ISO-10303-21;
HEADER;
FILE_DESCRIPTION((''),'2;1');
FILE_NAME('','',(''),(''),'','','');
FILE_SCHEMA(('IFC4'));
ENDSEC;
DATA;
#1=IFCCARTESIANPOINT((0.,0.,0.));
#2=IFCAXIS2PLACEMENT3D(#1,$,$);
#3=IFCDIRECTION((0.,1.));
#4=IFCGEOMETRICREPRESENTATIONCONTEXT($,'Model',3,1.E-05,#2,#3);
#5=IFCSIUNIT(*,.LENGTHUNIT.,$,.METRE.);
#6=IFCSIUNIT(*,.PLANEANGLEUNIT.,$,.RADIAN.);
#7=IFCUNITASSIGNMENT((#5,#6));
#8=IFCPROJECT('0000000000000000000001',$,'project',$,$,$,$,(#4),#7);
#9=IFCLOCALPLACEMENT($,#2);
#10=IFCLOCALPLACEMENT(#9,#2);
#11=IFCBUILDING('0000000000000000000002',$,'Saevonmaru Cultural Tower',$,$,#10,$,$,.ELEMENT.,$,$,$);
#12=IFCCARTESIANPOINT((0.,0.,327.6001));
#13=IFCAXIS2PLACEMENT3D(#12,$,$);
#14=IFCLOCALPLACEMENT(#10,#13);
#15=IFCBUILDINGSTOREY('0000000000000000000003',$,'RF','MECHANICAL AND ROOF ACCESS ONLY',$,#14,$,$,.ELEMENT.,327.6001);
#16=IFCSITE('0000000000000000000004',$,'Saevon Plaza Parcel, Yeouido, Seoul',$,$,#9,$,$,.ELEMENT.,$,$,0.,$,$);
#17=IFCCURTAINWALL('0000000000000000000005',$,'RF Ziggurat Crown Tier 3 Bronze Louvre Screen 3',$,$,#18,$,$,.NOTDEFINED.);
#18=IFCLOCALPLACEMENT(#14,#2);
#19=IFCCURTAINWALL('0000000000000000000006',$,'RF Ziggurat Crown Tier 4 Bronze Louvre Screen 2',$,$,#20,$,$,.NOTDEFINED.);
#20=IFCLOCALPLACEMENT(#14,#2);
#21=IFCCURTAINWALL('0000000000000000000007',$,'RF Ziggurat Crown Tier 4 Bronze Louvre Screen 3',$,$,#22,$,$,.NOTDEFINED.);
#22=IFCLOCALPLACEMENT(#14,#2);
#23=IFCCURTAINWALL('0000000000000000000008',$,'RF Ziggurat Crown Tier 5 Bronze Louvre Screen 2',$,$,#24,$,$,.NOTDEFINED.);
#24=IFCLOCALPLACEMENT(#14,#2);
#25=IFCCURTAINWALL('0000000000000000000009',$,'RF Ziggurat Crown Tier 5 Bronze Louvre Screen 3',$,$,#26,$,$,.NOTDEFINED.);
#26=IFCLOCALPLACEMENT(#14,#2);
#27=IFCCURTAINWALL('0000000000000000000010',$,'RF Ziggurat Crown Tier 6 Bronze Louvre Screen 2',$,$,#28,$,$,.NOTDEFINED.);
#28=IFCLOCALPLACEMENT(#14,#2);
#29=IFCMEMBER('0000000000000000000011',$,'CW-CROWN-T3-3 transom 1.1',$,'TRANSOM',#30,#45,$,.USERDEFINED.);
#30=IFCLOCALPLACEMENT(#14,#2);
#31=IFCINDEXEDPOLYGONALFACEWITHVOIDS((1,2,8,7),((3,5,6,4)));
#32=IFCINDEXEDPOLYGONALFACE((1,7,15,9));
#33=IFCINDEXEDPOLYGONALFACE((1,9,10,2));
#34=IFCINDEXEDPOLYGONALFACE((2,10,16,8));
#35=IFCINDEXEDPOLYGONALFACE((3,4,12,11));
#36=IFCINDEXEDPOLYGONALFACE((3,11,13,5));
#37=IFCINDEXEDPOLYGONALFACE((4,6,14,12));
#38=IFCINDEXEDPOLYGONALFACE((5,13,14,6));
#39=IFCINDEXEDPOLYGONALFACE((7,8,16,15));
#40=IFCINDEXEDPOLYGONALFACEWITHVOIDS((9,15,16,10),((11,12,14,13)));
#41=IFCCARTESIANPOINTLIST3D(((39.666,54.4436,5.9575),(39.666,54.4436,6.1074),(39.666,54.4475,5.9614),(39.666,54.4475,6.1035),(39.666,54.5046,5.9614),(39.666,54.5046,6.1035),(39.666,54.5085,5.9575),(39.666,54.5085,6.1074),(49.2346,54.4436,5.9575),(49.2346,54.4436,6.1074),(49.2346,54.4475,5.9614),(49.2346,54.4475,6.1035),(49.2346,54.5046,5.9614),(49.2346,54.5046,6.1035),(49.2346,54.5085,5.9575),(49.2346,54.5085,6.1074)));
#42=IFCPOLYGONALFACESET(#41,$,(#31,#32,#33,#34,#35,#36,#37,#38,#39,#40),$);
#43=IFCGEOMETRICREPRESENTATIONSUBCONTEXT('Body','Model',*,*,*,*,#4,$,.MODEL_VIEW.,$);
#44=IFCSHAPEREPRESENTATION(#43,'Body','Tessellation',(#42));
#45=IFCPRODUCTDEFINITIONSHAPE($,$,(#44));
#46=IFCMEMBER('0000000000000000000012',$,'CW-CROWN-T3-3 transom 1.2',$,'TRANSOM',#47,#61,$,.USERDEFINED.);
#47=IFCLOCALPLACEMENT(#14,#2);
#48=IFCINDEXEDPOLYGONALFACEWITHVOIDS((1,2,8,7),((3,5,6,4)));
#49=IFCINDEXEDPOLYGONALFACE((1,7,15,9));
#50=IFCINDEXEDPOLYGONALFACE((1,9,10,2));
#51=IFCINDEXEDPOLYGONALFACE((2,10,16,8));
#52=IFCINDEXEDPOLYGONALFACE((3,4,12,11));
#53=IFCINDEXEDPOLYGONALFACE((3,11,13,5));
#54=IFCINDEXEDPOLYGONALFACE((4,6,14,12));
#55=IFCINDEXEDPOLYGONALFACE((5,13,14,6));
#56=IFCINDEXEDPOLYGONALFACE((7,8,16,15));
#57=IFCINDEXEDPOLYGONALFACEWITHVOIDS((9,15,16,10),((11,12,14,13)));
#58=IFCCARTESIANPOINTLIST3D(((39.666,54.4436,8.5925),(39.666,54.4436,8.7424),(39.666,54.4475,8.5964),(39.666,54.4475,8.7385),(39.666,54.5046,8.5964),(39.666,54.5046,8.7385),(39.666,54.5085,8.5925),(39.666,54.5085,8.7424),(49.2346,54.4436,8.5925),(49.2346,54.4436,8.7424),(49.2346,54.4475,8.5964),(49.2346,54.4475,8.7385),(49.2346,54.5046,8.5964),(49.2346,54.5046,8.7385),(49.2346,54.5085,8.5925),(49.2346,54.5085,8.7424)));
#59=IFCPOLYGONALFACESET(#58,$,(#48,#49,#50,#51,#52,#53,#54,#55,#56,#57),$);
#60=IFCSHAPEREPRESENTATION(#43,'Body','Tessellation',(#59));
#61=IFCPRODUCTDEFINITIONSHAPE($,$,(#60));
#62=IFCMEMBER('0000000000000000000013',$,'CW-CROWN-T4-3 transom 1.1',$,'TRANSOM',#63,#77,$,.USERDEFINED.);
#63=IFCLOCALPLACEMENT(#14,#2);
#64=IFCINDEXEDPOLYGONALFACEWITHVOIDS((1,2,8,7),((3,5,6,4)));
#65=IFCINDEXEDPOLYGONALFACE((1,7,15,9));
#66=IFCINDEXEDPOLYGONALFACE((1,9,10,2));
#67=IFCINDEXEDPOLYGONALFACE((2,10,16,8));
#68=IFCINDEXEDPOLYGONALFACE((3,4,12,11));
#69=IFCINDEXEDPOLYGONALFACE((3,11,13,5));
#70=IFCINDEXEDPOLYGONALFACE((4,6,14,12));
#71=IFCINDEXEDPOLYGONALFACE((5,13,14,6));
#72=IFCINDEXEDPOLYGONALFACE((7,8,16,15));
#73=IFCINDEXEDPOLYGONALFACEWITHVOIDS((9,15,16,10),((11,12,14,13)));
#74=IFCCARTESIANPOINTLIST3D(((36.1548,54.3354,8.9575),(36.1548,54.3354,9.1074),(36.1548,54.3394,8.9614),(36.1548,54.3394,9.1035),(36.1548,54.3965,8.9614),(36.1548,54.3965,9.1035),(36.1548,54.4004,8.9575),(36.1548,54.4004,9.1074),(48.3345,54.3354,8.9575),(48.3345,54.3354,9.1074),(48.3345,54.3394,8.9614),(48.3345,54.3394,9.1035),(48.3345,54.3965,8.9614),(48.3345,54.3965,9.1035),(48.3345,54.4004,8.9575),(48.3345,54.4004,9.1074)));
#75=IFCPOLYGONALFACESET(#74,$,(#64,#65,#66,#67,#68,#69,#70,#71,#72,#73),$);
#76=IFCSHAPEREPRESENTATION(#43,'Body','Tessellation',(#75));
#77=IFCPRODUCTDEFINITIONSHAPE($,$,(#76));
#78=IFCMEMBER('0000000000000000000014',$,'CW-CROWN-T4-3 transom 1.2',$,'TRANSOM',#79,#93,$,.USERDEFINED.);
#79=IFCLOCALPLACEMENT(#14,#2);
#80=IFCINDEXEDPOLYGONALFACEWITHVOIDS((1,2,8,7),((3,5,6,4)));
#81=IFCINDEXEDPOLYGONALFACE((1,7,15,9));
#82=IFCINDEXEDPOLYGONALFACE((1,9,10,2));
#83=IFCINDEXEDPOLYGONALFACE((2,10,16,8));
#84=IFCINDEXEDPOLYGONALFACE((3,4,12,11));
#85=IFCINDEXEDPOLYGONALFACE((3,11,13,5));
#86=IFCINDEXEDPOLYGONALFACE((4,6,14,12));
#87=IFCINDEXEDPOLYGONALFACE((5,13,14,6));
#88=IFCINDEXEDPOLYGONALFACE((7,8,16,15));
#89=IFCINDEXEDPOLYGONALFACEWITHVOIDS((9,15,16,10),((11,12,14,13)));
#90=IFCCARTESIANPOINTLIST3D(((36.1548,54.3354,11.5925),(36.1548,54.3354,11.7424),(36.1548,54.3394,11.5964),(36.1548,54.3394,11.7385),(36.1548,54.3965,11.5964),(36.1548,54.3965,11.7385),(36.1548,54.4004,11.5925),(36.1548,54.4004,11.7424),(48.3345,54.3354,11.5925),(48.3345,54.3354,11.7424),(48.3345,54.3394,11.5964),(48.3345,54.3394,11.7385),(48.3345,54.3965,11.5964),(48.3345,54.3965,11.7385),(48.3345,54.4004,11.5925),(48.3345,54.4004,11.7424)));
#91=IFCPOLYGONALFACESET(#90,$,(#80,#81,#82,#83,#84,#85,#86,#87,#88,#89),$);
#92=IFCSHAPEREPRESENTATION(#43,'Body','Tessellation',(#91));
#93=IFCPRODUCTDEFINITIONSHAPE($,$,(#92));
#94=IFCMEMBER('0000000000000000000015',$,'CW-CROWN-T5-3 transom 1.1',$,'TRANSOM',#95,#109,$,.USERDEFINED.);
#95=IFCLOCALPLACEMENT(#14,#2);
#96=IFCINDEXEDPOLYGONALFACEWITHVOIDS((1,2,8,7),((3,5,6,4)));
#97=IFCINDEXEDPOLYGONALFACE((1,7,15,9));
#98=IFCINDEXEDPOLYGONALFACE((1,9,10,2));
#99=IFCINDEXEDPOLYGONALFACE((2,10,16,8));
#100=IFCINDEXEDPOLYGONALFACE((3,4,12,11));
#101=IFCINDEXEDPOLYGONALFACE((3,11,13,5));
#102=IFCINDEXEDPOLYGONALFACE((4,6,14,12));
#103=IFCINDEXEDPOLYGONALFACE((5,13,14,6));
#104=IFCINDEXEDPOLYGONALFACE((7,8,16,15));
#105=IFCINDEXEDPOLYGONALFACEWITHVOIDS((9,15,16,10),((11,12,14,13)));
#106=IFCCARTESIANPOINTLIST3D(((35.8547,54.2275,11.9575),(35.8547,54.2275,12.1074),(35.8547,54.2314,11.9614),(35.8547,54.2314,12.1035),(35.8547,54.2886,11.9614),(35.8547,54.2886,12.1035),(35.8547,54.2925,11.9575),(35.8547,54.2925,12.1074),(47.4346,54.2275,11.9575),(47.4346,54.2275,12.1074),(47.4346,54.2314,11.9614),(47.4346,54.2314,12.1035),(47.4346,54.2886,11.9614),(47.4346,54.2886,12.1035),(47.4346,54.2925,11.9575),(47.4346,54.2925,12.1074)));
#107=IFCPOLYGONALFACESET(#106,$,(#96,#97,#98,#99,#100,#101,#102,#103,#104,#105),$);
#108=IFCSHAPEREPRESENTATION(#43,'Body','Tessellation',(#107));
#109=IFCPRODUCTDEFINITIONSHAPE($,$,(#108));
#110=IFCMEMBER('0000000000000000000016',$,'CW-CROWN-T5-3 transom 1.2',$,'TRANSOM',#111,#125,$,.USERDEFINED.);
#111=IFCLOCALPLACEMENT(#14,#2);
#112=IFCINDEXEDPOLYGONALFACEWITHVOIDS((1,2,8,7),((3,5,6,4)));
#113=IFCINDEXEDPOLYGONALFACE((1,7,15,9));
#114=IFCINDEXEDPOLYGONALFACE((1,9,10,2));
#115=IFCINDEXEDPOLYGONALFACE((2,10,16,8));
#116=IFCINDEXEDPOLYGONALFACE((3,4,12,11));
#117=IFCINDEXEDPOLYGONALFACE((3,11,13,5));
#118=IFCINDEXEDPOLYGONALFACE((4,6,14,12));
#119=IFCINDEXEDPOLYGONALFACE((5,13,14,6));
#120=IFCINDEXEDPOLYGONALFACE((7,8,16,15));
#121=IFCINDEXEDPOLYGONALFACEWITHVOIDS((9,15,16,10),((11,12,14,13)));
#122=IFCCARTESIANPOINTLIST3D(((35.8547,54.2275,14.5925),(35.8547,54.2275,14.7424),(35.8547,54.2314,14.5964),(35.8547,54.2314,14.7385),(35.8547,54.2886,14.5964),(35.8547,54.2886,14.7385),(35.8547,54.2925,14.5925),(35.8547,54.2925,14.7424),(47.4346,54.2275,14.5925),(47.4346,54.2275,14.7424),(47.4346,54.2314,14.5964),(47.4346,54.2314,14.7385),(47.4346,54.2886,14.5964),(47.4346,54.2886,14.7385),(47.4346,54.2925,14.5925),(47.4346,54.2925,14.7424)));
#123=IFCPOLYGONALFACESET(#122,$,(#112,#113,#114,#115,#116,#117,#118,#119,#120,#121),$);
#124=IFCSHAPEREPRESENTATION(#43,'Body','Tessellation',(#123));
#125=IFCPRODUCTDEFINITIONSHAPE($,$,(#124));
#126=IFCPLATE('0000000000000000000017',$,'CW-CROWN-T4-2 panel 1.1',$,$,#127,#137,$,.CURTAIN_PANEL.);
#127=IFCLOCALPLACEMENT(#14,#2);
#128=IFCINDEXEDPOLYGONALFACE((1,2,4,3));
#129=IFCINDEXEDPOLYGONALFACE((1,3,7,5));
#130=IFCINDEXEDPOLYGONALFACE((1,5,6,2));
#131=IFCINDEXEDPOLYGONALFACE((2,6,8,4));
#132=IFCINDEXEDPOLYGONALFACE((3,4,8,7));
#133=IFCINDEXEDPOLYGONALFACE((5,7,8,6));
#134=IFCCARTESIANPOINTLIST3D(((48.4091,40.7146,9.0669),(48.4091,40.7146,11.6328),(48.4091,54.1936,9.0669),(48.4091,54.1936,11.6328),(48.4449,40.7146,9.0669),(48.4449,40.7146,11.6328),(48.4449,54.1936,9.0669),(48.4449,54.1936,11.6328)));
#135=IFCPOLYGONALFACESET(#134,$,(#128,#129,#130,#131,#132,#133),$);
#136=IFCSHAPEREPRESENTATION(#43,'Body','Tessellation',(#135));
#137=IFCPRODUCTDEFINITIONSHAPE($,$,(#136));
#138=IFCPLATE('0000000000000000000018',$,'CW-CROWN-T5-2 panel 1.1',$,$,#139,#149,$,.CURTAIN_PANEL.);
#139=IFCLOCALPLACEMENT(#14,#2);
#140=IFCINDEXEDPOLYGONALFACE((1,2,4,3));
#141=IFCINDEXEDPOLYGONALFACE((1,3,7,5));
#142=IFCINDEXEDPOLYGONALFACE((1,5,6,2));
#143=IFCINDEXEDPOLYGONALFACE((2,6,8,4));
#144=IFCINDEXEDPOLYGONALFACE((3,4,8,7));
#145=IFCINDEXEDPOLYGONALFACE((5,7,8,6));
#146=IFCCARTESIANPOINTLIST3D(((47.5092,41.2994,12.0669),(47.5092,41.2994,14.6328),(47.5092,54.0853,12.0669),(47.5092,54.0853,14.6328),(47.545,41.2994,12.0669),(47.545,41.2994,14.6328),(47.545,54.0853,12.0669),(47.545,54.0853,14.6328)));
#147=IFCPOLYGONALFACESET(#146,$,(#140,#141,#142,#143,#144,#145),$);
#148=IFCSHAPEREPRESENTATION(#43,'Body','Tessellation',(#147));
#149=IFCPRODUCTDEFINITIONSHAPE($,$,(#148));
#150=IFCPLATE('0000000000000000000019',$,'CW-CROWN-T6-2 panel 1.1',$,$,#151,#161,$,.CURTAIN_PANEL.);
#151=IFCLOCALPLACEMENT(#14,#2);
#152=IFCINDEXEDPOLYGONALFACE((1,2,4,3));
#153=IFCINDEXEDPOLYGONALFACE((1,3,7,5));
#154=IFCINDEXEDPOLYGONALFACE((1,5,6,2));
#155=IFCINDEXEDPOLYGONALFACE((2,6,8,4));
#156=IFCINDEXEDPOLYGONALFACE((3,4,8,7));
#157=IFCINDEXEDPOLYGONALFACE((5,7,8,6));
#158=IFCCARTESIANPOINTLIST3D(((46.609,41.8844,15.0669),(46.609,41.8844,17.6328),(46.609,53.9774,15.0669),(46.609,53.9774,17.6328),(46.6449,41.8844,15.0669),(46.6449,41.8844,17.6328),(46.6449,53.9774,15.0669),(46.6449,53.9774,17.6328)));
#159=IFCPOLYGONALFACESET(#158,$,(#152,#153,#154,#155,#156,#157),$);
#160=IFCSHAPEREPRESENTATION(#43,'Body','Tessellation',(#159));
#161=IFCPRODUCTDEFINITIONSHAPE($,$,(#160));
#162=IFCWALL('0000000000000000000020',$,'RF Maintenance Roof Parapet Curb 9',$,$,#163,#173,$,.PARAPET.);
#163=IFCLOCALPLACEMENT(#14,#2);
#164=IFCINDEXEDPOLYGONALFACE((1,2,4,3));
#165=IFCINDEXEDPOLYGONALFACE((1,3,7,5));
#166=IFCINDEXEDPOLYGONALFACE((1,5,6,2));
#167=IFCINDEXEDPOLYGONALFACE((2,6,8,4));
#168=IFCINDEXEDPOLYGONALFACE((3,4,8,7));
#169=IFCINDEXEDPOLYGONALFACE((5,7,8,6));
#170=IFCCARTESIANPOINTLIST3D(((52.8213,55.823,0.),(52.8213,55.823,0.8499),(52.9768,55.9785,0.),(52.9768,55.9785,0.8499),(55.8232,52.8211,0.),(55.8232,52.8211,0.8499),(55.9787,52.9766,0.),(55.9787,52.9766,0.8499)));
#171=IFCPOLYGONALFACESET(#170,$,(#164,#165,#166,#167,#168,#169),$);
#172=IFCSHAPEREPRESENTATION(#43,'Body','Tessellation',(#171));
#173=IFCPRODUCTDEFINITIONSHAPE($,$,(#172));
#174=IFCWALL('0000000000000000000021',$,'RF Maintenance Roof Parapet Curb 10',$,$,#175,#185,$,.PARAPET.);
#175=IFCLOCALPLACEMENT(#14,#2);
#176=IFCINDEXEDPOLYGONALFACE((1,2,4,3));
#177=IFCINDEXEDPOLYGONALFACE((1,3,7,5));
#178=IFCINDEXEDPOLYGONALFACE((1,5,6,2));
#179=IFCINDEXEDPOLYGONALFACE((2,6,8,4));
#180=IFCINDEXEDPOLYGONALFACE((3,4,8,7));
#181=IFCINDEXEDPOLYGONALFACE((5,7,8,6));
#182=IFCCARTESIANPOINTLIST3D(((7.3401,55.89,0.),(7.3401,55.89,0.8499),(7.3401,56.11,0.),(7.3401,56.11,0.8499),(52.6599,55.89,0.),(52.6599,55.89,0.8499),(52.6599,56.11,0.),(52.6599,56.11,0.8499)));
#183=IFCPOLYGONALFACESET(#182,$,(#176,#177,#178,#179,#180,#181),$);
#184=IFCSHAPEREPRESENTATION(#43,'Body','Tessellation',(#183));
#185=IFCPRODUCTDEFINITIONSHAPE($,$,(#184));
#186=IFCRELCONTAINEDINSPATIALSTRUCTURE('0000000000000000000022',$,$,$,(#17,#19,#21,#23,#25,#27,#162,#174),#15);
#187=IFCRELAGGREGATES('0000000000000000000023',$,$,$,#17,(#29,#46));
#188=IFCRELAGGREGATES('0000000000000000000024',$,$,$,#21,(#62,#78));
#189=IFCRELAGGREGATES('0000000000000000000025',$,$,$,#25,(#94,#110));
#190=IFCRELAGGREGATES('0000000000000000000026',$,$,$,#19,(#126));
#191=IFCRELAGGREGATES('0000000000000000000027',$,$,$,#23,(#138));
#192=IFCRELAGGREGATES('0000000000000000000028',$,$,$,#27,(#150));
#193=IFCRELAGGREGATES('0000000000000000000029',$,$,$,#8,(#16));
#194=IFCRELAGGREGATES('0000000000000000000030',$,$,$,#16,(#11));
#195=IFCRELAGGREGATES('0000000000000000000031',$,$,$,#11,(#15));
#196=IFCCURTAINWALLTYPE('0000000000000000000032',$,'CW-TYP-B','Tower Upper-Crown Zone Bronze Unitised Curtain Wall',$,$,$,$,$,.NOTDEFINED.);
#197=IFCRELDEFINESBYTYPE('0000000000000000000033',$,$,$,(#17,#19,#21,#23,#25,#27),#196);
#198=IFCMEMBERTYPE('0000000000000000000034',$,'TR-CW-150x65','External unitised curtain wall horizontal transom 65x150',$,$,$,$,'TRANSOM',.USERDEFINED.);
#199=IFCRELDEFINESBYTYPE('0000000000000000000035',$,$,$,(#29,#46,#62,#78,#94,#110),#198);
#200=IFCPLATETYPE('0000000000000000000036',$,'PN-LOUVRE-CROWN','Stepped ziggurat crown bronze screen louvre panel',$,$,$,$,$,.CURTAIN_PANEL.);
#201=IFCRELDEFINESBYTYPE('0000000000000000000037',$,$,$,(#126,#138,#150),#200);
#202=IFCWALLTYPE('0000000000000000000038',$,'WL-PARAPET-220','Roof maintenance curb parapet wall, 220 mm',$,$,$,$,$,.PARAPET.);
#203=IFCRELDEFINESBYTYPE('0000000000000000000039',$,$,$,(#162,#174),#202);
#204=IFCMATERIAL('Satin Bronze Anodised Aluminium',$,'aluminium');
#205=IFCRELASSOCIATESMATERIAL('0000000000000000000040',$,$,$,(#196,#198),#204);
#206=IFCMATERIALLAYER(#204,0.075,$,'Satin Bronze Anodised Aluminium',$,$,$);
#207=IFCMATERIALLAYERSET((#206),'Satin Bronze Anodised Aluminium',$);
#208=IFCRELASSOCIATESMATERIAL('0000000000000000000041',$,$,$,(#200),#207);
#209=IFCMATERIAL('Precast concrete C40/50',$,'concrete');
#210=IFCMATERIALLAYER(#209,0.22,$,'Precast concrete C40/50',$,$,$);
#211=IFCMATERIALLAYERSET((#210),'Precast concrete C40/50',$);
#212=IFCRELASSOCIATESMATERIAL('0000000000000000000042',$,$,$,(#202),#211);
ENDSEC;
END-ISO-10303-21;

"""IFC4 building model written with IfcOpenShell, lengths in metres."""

from ifc_helpers import new_model, si_unit, direction, frame, frame_2d, origin, origin_2d, place, context, subcontext, project, spatial, rectangle, hollow_rectangle, extrude, material, layer, layer_set, material_profile, profile_set, type_object, element, aggregate, save


model = new_model("IFC4")

# Units and contexts
model_context = context("Model", 3, precision=1e-05, world=origin(), true_north=direction((0.0, 1.0)))
body_context = subcontext(model_context, "Body", "Model", "MODEL_VIEW")
ifc_project = project(units=[si_unit("LENGTHUNIT", "METRE"), si_unit("PLANEANGLEUNIT", "RADIAN")], contexts=[model_context])

# Site, building, storey
site_placement = place(None, origin())
site = spatial("IfcSite", under=ifc_project, at=site_placement, Name="Saevon Plaza Parcel, Yeouido, Seoul", CompositionType="ELEMENT", RefElevation=0.0)
building_placement = place(site_placement, origin())
building = spatial("IfcBuilding", under=site, at=building_placement, Name="Saevonmaru Cultural Tower", CompositionType="ELEMENT")
storey_placement = place(building_placement, frame((0.0, 0.0, 327.6001)))
storey = spatial("IfcBuildingStorey", under=building, at=storey_placement, Name="RF", Description="MECHANICAL AND ROOF ACCESS ONLY", CompositionType="ELEMENT", Elevation=327.6001)

# Curtain walls
ifc_material_1 = material(Name="Satin Bronze Anodised Aluminium", Category="aluminium")
curtain_wall_type = type_object("IfcCurtainWallType", Name="CW-TYP-B", Description="Tower Upper-Crown Zone Bronze Unitised Curtain Wall", PredefinedType="NOTDEFINED", material=ifc_material_1)
curtain_wall_1_placement = place(storey_placement, origin())
curtain_wall_1 = element("IfcCurtainWall", 1, at=curtain_wall_1_placement, inside=storey, type_object=curtain_wall_type, Name="RF Ziggurat Crown Tier 3 Bronze Louvre Screen 3", PredefinedType="NOTDEFINED")
curtain_wall_2_placement = place(storey_placement, origin())
curtain_wall_2 = element("IfcCurtainWall", 2, at=curtain_wall_2_placement, inside=storey, type_object=curtain_wall_type, Name="RF Ziggurat Crown Tier 4 Bronze Louvre Screen 2", PredefinedType="NOTDEFINED")
curtain_wall_3_placement = place(storey_placement, origin())
curtain_wall_3 = element("IfcCurtainWall", 3, at=curtain_wall_3_placement, inside=storey, type_object=curtain_wall_type, Name="RF Ziggurat Crown Tier 4 Bronze Louvre Screen 3", PredefinedType="NOTDEFINED")
curtain_wall_4_placement = place(storey_placement, origin())
curtain_wall_4 = element("IfcCurtainWall", 4, at=curtain_wall_4_placement, inside=storey, type_object=curtain_wall_type, Name="RF Ziggurat Crown Tier 5 Bronze Louvre Screen 2", PredefinedType="NOTDEFINED")
curtain_wall_5_placement = place(storey_placement, origin())
curtain_wall_5 = element("IfcCurtainWall", 5, at=curtain_wall_5_placement, inside=storey, type_object=curtain_wall_type, Name="RF Ziggurat Crown Tier 5 Bronze Louvre Screen 3", PredefinedType="NOTDEFINED")
curtain_wall_6_placement = place(storey_placement, origin())
curtain_wall_6 = element("IfcCurtainWall", 6, at=curtain_wall_6_placement, inside=storey, type_object=curtain_wall_type, Name="RF Ziggurat Crown Tier 6 Bronze Louvre Screen 2", PredefinedType="NOTDEFINED")

# Members
ifc_material_profile_1 = material_profile(ifc_material_1, hollow_rectangle(XDim=0.0649, YDim=0.1499, WallThickness=0.0039, at=origin_2d()), Name="ALU-TRAN-150x65x4")
ifc_profile_set_1 = profile_set([ifc_material_profile_1], Name="Satin Bronze Anodised Aluminium")
member_type_1 = type_object("IfcMemberType", Name="TR-CW-150x65", Description="External unitised curtain wall horizontal transom 65x150", ElementType="TRANSOM", PredefinedType="USERDEFINED", material=ifc_profile_set_1)
member_1_placement = place(storey_placement, frame((49.2346, 54.4761, 6.0325), z_axis=(-1.0, 0.0, 0.0), x_axis=(0.0, -1.0, 0.0)))
member_1 = element("IfcMember", 7, at=member_1_placement, type_object=member_type_1, Name="CW-CROWN-T3-3 transom 1.1", ObjectType="TRANSOM", PredefinedType="USERDEFINED", context=body_context, shape_type="SweptSolid", body=[
    extrude(hollow_rectangle(XDim=0.0649, YDim=0.1499, WallThickness=0.0039, at=origin_2d()), origin(), (0.0, 0.0, 1.0), 9.5686),
])
member_2_placement = place(storey_placement, frame((49.2346, 54.4761, 8.6675), z_axis=(-1.0, 0.0, 0.0), x_axis=(0.0, -1.0, 0.0)))
member_2 = element("IfcMember", 8, at=member_2_placement, type_object=member_type_1, Name="CW-CROWN-T3-3 transom 1.2", ObjectType="TRANSOM", PredefinedType="USERDEFINED", context=body_context, shape_type="SweptSolid", body=[
    extrude(hollow_rectangle(XDim=0.0649, YDim=0.1499, WallThickness=0.0039, at=origin_2d()), origin(), (0.0, 0.0, 1.0), 9.5686),
])
aggregate(curtain_wall_1, [member_1, member_2])
member_3_placement = place(storey_placement, frame((48.3345, 54.3679, 9.0325), z_axis=(-1.0, 0.0, 0.0), x_axis=(0.0, -1.0, 0.0)))
member_3 = element("IfcMember", 9, at=member_3_placement, type_object=member_type_1, Name="CW-CROWN-T4-3 transom 1.1", ObjectType="TRANSOM", PredefinedType="USERDEFINED", context=body_context, shape_type="SweptSolid", body=[
    extrude(hollow_rectangle(XDim=0.0649, YDim=0.1499, WallThickness=0.0039, at=origin_2d()), origin(), (0.0, 0.0, 1.0), 12.1797),
])
member_4_placement = place(storey_placement, frame((48.3345, 54.3679, 11.6675), z_axis=(-1.0, 0.0, 0.0), x_axis=(0.0, -1.0, 0.0)))
member_4 = element("IfcMember", 10, at=member_4_placement, type_object=member_type_1, Name="CW-CROWN-T4-3 transom 1.2", ObjectType="TRANSOM", PredefinedType="USERDEFINED", context=body_context, shape_type="SweptSolid", body=[
    extrude(hollow_rectangle(XDim=0.0649, YDim=0.1499, WallThickness=0.0039, at=origin_2d()), origin(), (0.0, 0.0, 1.0), 12.1797),
])
aggregate(curtain_wall_3, [member_3, member_4])
member_5_placement = place(storey_placement, frame((47.4346, 54.26, 12.0325), z_axis=(-1.0, 0.0, 0.0), x_axis=(0.0, -1.0, 0.0)))
member_5 = element("IfcMember", 11, at=member_5_placement, type_object=member_type_1, Name="CW-CROWN-T5-3 transom 1.1", ObjectType="TRANSOM", PredefinedType="USERDEFINED", context=body_context, shape_type="SweptSolid", body=[
    extrude(hollow_rectangle(XDim=0.0649, YDim=0.1499, WallThickness=0.0039, at=origin_2d()), origin(), (0.0, 0.0, 1.0), 11.5798),
])
member_6_placement = place(storey_placement, frame((47.4346, 54.26, 14.6675), z_axis=(-1.0, 0.0, 0.0), x_axis=(0.0, -1.0, 0.0)))
member_6 = element("IfcMember", 12, at=member_6_placement, type_object=member_type_1, Name="CW-CROWN-T5-3 transom 1.2", ObjectType="TRANSOM", PredefinedType="USERDEFINED", context=body_context, shape_type="SweptSolid", body=[
    extrude(hollow_rectangle(XDim=0.0649, YDim=0.1499, WallThickness=0.0039, at=origin_2d()), origin(), (0.0, 0.0, 1.0), 11.5798),
])
aggregate(curtain_wall_5, [member_5, member_6])

# Plates
ifc_layer_1 = layer(ifc_material_1, 0.075, Name="Satin Bronze Anodised Aluminium")
ifc_layer_set_1 = layer_set([ifc_layer_1], Name="Satin Bronze Anodised Aluminium")
plate_type = type_object("IfcPlateType", Name="PN-LOUVRE-CROWN", Description="Stepped ziggurat crown bronze screen louvre panel", PredefinedType="CURTAIN_PANEL", material=ifc_layer_set_1)
plate_1_placement = place(storey_placement, frame((48.427, 47.4541, 9.0669), z_axis=(0.0, 0.0, 1.0), x_axis=(0.0, 1.0, 0.0)))
plate_1 = element("IfcPlate", 13, at=plate_1_placement, type_object=plate_type, Name="CW-CROWN-T4-2 panel 1.1", PredefinedType="CURTAIN_PANEL", context=body_context, shape_type="SweptSolid", body=[
    extrude(rectangle(XDim=13.479, YDim=0.0359, at=origin_2d()), origin(), (0.0, 0.0, 1.0), 2.5659),
])
aggregate(curtain_wall_2, [plate_1])
plate_2_placement = place(storey_placement, frame((47.5271, 47.6924, 12.0669), z_axis=(0.0, 0.0, 1.0), x_axis=(0.0, 1.0, 0.0)))
plate_2 = element("IfcPlate", 14, at=plate_2_placement, type_object=plate_type, Name="CW-CROWN-T5-2 panel 1.1", PredefinedType="CURTAIN_PANEL", context=body_context, shape_type="SweptSolid", body=[
    extrude(rectangle(XDim=12.7859, YDim=0.0359, at=origin_2d()), origin(), (0.0, 0.0, 1.0), 2.5659),
])
aggregate(curtain_wall_4, [plate_2])
plate_3_placement = place(storey_placement, frame((46.627, 47.9309, 15.0669), z_axis=(0.0, 0.0, 1.0), x_axis=(0.0, 1.0, 0.0)))
plate_3 = element("IfcPlate", 15, at=plate_3_placement, type_object=plate_type, Name="CW-CROWN-T6-2 panel 1.1", PredefinedType="CURTAIN_PANEL", context=body_context, shape_type="SweptSolid", body=[
    extrude(rectangle(XDim=12.093, YDim=0.0359, at=origin_2d()), origin(), (0.0, 0.0, 1.0), 2.5659),
])
aggregate(curtain_wall_6, [plate_3])

# Walls
ifc_material_2 = material(Name="Precast concrete C40/50", Category="concrete")
ifc_layer_2 = layer(ifc_material_2, 0.22, Name="Precast concrete C40/50")
ifc_layer_set_2 = layer_set([ifc_layer_2], Name="Precast concrete C40/50")
wall_type = type_object("IfcWallType", Name="WL-PARAPET-220", Description="Roof maintenance curb parapet wall, 220 mm", PredefinedType="PARAPET", material=ifc_layer_set_2)
wall_1_placement = place(storey_placement, frame((55.9009, 52.8989, 0.0), z_axis=(0.0, 0.0, 1.0), x_axis=(-0.707107, 0.707107, 0.0)))
element("IfcWall", 16, at=wall_1_placement, inside=storey, type_object=wall_type, Name="RF Maintenance Roof Parapet Curb 9", PredefinedType="PARAPET", context=body_context, shape_type="SweptSolid", body=[
    extrude(rectangle(XDim=4.2454, YDim=0.22, at=frame_2d((2.1226, 0.0))), origin(), (0.0, 0.0, 1.0), 0.8499),
])
wall_2_placement = place(storey_placement, frame((52.6599, 56.0, 0.0), z_axis=(0.0, 0.0, 1.0), x_axis=(-1.0, 0.0, 0.0)))
element("IfcWall", 17, at=wall_2_placement, inside=storey, type_object=wall_type, Name="RF Maintenance Roof Parapet Curb 10", PredefinedType="PARAPET", context=body_context, shape_type="SweptSolid", body=[
    extrude(rectangle(XDim=45.3198, YDim=0.22, at=frame_2d((22.6599, 0.0))), origin(), (0.0, 0.0, 1.0), 0.8499),
])

save(model, "model.ifc")
